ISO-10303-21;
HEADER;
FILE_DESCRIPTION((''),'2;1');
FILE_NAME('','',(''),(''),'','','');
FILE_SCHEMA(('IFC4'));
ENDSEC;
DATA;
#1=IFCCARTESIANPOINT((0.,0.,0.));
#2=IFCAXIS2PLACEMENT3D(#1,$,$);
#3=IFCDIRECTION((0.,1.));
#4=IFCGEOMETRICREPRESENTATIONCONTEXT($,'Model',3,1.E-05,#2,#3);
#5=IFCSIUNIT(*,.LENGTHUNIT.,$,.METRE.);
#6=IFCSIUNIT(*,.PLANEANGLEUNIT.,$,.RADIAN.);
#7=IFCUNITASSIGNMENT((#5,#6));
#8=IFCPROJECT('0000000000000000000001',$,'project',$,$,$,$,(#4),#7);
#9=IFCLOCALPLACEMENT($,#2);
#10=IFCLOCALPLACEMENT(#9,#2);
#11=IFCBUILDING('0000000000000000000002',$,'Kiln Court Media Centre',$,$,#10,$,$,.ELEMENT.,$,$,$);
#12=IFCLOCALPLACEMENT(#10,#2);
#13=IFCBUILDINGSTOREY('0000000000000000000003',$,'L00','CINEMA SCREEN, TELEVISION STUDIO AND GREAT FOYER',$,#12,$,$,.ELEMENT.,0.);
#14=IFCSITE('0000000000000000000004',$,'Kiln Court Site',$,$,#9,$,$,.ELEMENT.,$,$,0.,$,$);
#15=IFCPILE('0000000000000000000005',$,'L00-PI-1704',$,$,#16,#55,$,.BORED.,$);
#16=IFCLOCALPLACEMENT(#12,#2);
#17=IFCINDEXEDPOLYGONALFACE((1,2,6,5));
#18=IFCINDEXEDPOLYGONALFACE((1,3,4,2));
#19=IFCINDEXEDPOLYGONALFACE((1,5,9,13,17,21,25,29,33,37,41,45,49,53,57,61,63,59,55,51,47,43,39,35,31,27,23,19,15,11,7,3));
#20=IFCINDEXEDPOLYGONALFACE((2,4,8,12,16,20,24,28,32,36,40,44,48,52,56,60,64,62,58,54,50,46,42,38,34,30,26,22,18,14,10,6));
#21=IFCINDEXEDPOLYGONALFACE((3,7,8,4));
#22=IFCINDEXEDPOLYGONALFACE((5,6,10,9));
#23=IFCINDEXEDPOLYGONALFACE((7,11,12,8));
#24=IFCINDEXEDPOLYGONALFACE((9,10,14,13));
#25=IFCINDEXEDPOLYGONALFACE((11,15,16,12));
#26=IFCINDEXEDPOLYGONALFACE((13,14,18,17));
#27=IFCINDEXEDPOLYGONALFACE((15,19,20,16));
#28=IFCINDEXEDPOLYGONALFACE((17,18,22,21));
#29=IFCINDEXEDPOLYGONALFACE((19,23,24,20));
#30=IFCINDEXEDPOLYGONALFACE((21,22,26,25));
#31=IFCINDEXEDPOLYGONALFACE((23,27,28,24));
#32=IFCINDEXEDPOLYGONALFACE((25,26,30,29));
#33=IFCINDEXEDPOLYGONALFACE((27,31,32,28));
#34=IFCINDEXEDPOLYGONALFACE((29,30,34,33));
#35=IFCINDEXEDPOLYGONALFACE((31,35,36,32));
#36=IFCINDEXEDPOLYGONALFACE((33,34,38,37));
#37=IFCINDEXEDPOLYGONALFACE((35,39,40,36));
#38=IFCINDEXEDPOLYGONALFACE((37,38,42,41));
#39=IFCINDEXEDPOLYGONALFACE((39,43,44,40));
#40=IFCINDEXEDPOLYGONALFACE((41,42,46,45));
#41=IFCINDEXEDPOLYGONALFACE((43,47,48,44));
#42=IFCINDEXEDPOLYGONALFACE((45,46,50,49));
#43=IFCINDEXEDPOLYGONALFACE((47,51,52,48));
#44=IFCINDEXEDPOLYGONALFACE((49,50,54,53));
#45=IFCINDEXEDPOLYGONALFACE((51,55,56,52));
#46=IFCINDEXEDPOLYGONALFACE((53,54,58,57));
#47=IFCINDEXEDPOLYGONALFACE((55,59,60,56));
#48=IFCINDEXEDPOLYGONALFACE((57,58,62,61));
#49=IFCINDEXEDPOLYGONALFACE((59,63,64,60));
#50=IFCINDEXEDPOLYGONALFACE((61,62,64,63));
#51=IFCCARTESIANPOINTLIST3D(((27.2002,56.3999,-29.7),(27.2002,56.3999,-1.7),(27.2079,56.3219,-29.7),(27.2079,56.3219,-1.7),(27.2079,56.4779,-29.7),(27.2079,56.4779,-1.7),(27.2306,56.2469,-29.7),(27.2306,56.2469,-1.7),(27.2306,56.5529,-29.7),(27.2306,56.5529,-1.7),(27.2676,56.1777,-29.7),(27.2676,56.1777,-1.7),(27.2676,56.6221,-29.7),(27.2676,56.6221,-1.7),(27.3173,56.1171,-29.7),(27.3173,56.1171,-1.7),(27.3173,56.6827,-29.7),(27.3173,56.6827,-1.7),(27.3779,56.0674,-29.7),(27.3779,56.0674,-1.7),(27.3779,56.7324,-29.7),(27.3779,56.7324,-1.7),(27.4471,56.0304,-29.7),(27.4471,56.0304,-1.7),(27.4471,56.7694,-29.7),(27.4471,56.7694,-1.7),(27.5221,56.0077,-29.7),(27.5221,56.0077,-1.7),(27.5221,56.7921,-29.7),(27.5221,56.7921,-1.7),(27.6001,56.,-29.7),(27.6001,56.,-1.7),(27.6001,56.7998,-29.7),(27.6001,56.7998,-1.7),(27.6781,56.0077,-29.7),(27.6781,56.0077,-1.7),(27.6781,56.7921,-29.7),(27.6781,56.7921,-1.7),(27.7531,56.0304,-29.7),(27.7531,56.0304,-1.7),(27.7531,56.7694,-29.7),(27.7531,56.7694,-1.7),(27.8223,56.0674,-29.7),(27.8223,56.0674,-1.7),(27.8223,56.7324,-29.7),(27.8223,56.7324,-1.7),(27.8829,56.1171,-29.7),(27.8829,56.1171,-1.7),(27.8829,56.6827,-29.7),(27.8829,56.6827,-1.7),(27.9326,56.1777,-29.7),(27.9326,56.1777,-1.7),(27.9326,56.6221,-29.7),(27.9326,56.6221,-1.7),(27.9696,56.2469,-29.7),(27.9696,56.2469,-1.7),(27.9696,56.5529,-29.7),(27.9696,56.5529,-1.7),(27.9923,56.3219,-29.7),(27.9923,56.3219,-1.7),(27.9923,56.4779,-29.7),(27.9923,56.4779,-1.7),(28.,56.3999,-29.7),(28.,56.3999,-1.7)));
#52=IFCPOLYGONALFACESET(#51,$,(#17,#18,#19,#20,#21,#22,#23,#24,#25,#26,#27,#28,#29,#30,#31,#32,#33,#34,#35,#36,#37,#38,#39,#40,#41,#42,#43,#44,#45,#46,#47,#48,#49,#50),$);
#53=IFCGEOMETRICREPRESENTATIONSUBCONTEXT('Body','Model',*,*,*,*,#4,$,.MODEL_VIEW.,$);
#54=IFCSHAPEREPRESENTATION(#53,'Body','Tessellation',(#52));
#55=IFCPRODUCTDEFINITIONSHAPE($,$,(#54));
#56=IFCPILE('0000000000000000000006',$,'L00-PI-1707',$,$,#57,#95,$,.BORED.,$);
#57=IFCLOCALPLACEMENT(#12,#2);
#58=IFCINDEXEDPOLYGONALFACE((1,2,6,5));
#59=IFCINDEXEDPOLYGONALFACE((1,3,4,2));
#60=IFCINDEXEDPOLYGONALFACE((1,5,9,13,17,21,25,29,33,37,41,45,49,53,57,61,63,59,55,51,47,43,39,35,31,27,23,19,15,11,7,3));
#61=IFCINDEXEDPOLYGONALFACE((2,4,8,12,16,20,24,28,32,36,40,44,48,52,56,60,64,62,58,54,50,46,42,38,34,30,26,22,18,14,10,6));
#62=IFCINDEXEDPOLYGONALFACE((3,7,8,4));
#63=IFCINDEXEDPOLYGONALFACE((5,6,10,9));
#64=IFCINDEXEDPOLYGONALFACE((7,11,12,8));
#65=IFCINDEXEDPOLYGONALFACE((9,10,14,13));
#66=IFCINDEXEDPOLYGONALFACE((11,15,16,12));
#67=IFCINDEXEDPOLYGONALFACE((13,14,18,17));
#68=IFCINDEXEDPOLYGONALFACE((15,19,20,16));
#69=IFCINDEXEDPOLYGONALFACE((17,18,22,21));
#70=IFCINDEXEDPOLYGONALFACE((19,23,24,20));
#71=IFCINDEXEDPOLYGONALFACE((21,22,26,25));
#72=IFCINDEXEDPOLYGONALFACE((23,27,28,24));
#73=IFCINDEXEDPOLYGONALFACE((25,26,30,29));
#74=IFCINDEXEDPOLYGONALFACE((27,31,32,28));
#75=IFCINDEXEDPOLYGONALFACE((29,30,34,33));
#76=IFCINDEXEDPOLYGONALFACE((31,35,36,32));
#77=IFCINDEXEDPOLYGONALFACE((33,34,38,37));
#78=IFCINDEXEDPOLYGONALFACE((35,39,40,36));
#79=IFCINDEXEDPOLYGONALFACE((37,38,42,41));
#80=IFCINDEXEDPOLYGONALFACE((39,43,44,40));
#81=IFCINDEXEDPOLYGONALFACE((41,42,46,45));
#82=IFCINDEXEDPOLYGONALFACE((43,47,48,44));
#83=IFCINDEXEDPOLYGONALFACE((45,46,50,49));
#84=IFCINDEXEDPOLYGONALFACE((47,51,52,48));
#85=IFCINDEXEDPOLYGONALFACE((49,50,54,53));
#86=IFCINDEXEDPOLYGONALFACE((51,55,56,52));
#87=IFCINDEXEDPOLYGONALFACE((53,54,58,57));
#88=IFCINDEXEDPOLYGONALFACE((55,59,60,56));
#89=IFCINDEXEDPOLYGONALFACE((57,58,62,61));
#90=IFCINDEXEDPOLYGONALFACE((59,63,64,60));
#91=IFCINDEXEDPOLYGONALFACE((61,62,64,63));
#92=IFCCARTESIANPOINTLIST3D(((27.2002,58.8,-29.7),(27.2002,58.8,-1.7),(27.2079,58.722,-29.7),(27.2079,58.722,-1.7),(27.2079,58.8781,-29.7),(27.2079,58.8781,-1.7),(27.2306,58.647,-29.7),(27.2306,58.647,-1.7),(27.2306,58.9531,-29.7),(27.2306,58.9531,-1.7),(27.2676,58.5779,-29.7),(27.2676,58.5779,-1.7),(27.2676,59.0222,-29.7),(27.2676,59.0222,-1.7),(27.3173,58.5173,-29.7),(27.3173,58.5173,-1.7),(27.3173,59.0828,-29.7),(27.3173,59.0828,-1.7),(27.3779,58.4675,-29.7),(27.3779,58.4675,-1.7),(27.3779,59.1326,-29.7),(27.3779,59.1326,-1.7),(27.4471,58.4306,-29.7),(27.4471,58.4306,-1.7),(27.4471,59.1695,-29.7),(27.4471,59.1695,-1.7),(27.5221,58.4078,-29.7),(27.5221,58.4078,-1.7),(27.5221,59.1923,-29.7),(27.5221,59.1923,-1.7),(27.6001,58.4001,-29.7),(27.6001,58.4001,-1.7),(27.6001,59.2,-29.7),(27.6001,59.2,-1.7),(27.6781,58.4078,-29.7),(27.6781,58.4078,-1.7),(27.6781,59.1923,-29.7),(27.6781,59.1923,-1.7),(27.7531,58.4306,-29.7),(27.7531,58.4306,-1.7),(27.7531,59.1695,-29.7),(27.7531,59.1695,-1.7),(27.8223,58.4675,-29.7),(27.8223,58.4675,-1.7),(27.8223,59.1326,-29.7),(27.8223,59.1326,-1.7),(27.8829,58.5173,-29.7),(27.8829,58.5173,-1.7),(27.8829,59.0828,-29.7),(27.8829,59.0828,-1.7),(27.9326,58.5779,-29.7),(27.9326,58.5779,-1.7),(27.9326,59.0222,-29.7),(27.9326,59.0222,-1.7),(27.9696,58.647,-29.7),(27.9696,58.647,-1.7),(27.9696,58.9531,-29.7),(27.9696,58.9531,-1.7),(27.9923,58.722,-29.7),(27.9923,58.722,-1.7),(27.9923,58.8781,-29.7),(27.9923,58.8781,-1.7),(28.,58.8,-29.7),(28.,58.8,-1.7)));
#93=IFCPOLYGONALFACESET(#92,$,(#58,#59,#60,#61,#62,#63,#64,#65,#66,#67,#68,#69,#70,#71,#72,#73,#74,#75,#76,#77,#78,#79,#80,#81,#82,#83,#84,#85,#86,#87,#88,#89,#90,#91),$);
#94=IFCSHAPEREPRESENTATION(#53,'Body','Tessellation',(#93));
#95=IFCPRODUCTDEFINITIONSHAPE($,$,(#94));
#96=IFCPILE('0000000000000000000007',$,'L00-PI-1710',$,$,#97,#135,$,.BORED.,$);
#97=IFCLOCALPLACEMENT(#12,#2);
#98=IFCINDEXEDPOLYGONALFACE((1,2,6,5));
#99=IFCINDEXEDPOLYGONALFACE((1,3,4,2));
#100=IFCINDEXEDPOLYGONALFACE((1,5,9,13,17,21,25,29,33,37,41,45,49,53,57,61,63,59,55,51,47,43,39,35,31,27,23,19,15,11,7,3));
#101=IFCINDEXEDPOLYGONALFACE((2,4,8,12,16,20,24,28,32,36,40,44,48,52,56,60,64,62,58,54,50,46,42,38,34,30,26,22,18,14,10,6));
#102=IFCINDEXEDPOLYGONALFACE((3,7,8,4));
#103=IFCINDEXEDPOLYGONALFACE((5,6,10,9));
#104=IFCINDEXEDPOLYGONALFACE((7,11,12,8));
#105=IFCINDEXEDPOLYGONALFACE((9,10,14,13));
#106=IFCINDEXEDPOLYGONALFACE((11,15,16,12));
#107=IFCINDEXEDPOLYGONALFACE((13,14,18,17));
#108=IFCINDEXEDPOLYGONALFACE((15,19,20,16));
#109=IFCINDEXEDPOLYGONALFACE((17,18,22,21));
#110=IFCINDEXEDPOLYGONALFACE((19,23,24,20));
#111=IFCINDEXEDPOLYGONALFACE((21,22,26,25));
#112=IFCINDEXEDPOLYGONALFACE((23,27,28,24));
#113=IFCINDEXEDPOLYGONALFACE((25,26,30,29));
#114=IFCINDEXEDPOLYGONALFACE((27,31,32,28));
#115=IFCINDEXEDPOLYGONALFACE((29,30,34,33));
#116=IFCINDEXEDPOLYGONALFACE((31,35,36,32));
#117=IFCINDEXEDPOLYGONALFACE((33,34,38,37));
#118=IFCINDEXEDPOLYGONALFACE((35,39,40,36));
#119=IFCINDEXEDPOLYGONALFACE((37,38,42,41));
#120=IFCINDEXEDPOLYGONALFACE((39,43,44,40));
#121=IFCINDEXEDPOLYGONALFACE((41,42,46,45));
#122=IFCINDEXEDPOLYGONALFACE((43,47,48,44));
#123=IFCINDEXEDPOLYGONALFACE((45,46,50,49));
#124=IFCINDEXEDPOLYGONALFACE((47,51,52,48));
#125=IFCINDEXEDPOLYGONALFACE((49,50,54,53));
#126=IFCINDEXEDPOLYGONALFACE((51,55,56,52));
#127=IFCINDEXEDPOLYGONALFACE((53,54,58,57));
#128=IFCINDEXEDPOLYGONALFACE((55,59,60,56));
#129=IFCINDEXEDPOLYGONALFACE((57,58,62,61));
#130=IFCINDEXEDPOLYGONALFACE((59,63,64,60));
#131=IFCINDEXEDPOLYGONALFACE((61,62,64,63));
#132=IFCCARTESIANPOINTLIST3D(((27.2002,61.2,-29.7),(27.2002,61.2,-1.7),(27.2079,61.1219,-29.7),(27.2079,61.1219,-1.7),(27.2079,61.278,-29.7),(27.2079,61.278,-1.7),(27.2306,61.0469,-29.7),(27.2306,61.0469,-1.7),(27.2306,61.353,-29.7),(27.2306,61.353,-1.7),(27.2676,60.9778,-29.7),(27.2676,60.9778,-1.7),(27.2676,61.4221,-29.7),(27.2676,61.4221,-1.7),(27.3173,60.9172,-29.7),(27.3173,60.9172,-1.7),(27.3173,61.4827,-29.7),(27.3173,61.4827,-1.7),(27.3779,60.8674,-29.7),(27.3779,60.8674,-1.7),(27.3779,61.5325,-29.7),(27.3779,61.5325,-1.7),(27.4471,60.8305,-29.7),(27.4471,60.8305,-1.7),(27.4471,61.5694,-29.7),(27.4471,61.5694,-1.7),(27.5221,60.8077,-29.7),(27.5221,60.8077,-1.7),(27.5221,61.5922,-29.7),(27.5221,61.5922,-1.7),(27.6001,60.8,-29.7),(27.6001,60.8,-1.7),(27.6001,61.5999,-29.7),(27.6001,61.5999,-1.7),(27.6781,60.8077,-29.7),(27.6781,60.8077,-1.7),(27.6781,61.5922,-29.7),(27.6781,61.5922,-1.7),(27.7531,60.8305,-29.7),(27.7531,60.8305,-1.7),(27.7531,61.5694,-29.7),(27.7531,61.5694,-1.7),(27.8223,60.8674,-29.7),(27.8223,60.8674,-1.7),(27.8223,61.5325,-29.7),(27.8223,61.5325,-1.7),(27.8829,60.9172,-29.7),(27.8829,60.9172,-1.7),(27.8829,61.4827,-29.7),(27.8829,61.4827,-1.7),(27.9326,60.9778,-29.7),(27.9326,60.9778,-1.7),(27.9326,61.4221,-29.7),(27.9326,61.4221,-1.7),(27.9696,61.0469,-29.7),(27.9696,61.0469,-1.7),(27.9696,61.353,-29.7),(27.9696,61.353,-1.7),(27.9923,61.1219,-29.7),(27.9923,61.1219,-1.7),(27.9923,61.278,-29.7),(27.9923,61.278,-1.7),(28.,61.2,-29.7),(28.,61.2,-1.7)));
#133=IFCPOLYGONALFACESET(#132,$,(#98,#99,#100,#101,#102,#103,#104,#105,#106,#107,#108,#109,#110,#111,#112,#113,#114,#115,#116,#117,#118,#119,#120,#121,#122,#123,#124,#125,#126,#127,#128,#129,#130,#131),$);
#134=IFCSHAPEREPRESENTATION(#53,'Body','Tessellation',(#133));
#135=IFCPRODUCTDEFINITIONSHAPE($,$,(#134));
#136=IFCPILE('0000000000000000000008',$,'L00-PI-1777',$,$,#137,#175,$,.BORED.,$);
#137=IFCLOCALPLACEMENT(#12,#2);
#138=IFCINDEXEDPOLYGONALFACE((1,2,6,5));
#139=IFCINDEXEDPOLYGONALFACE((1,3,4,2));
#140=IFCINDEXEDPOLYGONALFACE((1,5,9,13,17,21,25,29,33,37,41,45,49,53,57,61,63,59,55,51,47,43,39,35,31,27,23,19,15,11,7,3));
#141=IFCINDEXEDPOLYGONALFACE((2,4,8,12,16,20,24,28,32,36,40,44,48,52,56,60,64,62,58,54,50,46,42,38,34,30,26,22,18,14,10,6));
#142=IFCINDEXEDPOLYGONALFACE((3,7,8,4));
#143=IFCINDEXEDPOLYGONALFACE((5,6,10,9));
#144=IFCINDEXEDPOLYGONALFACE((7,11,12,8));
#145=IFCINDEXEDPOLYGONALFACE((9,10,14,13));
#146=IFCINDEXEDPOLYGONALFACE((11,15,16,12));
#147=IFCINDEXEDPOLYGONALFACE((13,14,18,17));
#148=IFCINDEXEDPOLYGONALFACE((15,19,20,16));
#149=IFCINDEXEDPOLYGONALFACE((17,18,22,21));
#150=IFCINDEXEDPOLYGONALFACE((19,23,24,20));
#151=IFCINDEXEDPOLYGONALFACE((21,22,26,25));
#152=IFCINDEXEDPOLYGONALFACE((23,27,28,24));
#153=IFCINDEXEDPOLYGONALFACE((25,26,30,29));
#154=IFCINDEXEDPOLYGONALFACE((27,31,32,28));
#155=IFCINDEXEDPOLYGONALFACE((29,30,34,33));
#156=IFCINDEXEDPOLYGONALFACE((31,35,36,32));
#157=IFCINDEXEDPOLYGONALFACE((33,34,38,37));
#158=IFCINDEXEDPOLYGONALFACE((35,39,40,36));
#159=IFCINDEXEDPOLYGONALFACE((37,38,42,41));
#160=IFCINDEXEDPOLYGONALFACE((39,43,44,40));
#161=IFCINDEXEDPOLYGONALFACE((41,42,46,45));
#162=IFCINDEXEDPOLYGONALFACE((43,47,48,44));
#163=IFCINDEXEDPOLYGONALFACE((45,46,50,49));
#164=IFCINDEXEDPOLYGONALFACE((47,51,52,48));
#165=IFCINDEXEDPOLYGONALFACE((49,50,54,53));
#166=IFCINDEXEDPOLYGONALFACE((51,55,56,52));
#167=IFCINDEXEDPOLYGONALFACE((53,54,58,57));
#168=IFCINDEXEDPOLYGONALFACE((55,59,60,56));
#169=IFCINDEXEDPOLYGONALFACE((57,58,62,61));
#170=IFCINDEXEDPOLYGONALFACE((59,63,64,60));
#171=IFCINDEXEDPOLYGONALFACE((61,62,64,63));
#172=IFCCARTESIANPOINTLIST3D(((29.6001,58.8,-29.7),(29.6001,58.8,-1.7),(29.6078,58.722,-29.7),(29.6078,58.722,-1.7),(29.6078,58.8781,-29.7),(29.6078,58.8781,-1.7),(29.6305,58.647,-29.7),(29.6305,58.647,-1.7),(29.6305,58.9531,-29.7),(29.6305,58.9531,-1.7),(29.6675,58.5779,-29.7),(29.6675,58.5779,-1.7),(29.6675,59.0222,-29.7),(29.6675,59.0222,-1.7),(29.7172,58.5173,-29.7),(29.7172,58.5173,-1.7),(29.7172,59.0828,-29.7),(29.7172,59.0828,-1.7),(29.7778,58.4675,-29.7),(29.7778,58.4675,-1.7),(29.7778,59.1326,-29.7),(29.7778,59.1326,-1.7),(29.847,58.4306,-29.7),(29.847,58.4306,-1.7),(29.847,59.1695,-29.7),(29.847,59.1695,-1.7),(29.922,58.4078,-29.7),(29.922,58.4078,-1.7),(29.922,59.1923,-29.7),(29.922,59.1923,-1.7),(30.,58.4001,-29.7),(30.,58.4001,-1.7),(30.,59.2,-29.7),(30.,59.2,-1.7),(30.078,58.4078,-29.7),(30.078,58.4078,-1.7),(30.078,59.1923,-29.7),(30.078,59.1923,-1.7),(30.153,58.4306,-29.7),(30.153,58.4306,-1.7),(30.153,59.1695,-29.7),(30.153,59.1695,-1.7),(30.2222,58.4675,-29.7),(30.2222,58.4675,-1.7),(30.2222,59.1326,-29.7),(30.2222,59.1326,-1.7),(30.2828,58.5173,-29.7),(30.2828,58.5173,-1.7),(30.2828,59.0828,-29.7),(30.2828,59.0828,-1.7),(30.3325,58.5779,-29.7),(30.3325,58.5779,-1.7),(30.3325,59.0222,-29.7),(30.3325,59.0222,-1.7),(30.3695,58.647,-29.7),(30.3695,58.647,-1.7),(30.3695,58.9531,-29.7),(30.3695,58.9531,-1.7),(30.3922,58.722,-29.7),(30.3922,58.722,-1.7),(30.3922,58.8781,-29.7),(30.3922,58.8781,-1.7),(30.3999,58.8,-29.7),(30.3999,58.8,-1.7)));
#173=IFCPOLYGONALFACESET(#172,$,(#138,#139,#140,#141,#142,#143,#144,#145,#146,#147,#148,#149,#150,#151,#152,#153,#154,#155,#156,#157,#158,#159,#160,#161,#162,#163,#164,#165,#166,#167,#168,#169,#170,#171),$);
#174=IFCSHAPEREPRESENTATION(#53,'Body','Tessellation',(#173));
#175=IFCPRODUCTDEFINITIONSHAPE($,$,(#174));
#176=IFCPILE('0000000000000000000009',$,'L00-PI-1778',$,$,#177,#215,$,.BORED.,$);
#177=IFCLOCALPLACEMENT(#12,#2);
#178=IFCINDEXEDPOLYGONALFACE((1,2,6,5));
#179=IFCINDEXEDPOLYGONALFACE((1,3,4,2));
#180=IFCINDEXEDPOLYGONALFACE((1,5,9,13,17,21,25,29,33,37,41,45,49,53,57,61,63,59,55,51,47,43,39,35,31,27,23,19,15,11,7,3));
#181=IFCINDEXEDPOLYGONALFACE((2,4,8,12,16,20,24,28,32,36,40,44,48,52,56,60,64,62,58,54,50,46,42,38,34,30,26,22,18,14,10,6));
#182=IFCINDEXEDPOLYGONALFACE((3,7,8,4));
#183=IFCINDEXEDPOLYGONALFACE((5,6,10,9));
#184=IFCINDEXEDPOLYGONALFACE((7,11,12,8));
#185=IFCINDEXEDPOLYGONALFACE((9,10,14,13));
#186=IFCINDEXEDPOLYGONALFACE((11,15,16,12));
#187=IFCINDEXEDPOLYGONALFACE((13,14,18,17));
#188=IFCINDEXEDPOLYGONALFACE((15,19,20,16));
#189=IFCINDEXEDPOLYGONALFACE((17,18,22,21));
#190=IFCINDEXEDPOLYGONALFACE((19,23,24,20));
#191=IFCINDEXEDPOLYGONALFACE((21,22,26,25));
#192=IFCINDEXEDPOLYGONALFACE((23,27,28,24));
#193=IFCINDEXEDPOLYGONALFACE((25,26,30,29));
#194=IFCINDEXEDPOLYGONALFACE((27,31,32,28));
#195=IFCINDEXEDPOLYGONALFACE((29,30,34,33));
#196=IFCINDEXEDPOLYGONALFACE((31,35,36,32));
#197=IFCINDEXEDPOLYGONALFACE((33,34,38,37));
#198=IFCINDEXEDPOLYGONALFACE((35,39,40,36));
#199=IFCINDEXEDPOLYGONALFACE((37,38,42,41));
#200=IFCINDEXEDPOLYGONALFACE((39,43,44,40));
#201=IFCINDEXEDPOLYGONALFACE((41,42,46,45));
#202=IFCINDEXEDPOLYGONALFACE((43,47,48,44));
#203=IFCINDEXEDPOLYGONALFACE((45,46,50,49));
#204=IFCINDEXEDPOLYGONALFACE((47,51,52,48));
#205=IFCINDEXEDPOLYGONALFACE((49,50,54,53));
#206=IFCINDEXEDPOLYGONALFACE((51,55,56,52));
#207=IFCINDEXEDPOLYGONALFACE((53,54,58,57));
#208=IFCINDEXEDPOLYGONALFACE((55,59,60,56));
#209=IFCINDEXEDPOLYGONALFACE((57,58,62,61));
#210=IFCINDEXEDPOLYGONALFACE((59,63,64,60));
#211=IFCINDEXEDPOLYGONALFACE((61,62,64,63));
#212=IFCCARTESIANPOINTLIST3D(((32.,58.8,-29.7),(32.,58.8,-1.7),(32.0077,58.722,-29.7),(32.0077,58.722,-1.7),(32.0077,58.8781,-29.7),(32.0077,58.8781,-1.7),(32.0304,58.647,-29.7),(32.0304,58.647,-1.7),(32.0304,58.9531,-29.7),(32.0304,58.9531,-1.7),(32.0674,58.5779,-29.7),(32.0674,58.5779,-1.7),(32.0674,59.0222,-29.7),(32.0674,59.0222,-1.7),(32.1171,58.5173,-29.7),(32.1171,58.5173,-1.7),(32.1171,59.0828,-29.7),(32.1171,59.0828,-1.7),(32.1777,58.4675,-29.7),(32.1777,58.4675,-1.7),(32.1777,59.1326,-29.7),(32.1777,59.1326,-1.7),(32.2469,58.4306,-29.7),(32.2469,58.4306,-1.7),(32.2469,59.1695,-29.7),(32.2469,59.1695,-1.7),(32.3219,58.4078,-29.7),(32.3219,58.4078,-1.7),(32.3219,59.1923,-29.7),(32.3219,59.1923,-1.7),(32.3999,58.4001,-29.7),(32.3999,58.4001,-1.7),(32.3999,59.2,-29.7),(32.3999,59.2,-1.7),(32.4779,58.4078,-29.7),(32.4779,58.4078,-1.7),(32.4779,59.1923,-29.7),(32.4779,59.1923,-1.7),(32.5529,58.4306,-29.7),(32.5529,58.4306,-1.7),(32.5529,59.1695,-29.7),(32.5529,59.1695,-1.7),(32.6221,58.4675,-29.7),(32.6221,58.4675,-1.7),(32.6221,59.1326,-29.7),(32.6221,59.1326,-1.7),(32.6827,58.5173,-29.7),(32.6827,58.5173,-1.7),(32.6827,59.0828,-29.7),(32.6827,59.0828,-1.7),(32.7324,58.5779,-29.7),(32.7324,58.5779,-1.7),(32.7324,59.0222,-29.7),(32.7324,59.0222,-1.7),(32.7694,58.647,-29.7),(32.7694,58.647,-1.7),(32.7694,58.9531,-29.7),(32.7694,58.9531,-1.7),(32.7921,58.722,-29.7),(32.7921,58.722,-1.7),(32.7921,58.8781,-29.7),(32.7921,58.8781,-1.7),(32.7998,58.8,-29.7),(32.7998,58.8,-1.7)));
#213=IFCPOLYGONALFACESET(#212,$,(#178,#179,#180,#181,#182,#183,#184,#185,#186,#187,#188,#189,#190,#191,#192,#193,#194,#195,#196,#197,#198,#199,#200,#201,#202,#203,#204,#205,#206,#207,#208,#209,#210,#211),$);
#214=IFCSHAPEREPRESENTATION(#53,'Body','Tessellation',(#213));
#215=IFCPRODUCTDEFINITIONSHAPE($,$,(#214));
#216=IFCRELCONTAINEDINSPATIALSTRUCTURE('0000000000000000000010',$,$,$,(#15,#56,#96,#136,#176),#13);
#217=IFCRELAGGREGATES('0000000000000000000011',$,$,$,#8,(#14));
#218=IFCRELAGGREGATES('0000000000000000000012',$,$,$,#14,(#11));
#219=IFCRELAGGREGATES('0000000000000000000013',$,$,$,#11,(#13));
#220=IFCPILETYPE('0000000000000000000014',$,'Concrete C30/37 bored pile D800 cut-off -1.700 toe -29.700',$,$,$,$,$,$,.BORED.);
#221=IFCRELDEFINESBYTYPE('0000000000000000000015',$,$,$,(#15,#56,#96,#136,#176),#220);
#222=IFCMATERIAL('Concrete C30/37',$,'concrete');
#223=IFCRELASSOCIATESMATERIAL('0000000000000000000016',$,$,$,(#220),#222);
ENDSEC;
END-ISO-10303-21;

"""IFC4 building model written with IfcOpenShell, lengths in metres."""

from ifc_helpers import new_model, si_unit, direction, frame, origin, origin_2d, place, context, subcontext, project, spatial, circle, extrude, material, material_profile, profile_set, type_object, element, save


model = new_model("IFC4")

# Units and contexts
model_context = context("Model", 3, precision=1e-05, world=origin(), true_north=direction((0.0, 1.0)))
body_context = subcontext(model_context, "Body", "Model", "MODEL_VIEW")
ifc_project = project(units=[si_unit("LENGTHUNIT", "METRE"), si_unit("PLANEANGLEUNIT", "RADIAN")], contexts=[model_context])

# Site, building, storey
site_placement = place(None, origin())
site = spatial("IfcSite", under=ifc_project, at=site_placement, Name="Kiln Court Site", CompositionType="ELEMENT", RefElevation=0.0)
building_placement = place(site_placement, origin())
building = spatial("IfcBuilding", under=site, at=building_placement, Name="Kiln Court Media Centre", CompositionType="ELEMENT")
storey_placement = place(building_placement, origin())
storey = spatial("IfcBuildingStorey", under=building, at=storey_placement, Name="L00", Description="CINEMA SCREEN, TELEVISION STUDIO AND GREAT FOYER", CompositionType="ELEMENT", Elevation=0.0)

# Piles
ifc_material_1 = material(Name="Concrete C30/37", Category="concrete")
ifc_material_profile = material_profile(ifc_material_1, circle(Radius=0.3999, at=origin_2d()), Name="PILE D800")
ifc_profile_set = profile_set([ifc_material_profile], Name="Concrete C30/37")
pile_type = type_object("IfcPileType", Name="Concrete C30/37 bored pile D800 cut-off -1.700 toe -29.700", PredefinedType="BORED", material=ifc_profile_set)
for number, where, z_axis, x_axis, name in (
    (1, (27.6001, 56.3999, -1.7), (0.0, 0.0, -1.0), (1.0, 0.0, 0.0), "L00-PI-1704"),
    (2, (27.6001, 58.8, -1.7), (0.0, 0.0, -1.0), (1.0, 0.0, 0.0), "L00-PI-1707"),
    (3, (27.6001, 61.2, -1.7), (0.0, 0.0, -1.0), (1.0, 0.0, 0.0), "L00-PI-1710"),
    (4, (30.0, 58.8, -1.7), (0.0, 0.0, -1.0), (1.0, 0.0, 0.0), "L00-PI-1777"),
    (5, (32.3999, 58.8, -1.7), (0.0, 0.0, -1.0), (1.0, 0.0, 0.0), "L00-PI-1778"),
):
    element("IfcPile", number, at=place(storey_placement, frame(where, z_axis=z_axis, x_axis=x_axis)), inside=storey, type_object=pile_type, Name=name, PredefinedType="BORED", context=body_context, shape_type="SweptSolid", body=[
        extrude(circle(Radius=0.3999, at=origin_2d()), origin(), (0.0, 0.0, 1.0), 28.0),
    ])

save(model, "model.ifc")
